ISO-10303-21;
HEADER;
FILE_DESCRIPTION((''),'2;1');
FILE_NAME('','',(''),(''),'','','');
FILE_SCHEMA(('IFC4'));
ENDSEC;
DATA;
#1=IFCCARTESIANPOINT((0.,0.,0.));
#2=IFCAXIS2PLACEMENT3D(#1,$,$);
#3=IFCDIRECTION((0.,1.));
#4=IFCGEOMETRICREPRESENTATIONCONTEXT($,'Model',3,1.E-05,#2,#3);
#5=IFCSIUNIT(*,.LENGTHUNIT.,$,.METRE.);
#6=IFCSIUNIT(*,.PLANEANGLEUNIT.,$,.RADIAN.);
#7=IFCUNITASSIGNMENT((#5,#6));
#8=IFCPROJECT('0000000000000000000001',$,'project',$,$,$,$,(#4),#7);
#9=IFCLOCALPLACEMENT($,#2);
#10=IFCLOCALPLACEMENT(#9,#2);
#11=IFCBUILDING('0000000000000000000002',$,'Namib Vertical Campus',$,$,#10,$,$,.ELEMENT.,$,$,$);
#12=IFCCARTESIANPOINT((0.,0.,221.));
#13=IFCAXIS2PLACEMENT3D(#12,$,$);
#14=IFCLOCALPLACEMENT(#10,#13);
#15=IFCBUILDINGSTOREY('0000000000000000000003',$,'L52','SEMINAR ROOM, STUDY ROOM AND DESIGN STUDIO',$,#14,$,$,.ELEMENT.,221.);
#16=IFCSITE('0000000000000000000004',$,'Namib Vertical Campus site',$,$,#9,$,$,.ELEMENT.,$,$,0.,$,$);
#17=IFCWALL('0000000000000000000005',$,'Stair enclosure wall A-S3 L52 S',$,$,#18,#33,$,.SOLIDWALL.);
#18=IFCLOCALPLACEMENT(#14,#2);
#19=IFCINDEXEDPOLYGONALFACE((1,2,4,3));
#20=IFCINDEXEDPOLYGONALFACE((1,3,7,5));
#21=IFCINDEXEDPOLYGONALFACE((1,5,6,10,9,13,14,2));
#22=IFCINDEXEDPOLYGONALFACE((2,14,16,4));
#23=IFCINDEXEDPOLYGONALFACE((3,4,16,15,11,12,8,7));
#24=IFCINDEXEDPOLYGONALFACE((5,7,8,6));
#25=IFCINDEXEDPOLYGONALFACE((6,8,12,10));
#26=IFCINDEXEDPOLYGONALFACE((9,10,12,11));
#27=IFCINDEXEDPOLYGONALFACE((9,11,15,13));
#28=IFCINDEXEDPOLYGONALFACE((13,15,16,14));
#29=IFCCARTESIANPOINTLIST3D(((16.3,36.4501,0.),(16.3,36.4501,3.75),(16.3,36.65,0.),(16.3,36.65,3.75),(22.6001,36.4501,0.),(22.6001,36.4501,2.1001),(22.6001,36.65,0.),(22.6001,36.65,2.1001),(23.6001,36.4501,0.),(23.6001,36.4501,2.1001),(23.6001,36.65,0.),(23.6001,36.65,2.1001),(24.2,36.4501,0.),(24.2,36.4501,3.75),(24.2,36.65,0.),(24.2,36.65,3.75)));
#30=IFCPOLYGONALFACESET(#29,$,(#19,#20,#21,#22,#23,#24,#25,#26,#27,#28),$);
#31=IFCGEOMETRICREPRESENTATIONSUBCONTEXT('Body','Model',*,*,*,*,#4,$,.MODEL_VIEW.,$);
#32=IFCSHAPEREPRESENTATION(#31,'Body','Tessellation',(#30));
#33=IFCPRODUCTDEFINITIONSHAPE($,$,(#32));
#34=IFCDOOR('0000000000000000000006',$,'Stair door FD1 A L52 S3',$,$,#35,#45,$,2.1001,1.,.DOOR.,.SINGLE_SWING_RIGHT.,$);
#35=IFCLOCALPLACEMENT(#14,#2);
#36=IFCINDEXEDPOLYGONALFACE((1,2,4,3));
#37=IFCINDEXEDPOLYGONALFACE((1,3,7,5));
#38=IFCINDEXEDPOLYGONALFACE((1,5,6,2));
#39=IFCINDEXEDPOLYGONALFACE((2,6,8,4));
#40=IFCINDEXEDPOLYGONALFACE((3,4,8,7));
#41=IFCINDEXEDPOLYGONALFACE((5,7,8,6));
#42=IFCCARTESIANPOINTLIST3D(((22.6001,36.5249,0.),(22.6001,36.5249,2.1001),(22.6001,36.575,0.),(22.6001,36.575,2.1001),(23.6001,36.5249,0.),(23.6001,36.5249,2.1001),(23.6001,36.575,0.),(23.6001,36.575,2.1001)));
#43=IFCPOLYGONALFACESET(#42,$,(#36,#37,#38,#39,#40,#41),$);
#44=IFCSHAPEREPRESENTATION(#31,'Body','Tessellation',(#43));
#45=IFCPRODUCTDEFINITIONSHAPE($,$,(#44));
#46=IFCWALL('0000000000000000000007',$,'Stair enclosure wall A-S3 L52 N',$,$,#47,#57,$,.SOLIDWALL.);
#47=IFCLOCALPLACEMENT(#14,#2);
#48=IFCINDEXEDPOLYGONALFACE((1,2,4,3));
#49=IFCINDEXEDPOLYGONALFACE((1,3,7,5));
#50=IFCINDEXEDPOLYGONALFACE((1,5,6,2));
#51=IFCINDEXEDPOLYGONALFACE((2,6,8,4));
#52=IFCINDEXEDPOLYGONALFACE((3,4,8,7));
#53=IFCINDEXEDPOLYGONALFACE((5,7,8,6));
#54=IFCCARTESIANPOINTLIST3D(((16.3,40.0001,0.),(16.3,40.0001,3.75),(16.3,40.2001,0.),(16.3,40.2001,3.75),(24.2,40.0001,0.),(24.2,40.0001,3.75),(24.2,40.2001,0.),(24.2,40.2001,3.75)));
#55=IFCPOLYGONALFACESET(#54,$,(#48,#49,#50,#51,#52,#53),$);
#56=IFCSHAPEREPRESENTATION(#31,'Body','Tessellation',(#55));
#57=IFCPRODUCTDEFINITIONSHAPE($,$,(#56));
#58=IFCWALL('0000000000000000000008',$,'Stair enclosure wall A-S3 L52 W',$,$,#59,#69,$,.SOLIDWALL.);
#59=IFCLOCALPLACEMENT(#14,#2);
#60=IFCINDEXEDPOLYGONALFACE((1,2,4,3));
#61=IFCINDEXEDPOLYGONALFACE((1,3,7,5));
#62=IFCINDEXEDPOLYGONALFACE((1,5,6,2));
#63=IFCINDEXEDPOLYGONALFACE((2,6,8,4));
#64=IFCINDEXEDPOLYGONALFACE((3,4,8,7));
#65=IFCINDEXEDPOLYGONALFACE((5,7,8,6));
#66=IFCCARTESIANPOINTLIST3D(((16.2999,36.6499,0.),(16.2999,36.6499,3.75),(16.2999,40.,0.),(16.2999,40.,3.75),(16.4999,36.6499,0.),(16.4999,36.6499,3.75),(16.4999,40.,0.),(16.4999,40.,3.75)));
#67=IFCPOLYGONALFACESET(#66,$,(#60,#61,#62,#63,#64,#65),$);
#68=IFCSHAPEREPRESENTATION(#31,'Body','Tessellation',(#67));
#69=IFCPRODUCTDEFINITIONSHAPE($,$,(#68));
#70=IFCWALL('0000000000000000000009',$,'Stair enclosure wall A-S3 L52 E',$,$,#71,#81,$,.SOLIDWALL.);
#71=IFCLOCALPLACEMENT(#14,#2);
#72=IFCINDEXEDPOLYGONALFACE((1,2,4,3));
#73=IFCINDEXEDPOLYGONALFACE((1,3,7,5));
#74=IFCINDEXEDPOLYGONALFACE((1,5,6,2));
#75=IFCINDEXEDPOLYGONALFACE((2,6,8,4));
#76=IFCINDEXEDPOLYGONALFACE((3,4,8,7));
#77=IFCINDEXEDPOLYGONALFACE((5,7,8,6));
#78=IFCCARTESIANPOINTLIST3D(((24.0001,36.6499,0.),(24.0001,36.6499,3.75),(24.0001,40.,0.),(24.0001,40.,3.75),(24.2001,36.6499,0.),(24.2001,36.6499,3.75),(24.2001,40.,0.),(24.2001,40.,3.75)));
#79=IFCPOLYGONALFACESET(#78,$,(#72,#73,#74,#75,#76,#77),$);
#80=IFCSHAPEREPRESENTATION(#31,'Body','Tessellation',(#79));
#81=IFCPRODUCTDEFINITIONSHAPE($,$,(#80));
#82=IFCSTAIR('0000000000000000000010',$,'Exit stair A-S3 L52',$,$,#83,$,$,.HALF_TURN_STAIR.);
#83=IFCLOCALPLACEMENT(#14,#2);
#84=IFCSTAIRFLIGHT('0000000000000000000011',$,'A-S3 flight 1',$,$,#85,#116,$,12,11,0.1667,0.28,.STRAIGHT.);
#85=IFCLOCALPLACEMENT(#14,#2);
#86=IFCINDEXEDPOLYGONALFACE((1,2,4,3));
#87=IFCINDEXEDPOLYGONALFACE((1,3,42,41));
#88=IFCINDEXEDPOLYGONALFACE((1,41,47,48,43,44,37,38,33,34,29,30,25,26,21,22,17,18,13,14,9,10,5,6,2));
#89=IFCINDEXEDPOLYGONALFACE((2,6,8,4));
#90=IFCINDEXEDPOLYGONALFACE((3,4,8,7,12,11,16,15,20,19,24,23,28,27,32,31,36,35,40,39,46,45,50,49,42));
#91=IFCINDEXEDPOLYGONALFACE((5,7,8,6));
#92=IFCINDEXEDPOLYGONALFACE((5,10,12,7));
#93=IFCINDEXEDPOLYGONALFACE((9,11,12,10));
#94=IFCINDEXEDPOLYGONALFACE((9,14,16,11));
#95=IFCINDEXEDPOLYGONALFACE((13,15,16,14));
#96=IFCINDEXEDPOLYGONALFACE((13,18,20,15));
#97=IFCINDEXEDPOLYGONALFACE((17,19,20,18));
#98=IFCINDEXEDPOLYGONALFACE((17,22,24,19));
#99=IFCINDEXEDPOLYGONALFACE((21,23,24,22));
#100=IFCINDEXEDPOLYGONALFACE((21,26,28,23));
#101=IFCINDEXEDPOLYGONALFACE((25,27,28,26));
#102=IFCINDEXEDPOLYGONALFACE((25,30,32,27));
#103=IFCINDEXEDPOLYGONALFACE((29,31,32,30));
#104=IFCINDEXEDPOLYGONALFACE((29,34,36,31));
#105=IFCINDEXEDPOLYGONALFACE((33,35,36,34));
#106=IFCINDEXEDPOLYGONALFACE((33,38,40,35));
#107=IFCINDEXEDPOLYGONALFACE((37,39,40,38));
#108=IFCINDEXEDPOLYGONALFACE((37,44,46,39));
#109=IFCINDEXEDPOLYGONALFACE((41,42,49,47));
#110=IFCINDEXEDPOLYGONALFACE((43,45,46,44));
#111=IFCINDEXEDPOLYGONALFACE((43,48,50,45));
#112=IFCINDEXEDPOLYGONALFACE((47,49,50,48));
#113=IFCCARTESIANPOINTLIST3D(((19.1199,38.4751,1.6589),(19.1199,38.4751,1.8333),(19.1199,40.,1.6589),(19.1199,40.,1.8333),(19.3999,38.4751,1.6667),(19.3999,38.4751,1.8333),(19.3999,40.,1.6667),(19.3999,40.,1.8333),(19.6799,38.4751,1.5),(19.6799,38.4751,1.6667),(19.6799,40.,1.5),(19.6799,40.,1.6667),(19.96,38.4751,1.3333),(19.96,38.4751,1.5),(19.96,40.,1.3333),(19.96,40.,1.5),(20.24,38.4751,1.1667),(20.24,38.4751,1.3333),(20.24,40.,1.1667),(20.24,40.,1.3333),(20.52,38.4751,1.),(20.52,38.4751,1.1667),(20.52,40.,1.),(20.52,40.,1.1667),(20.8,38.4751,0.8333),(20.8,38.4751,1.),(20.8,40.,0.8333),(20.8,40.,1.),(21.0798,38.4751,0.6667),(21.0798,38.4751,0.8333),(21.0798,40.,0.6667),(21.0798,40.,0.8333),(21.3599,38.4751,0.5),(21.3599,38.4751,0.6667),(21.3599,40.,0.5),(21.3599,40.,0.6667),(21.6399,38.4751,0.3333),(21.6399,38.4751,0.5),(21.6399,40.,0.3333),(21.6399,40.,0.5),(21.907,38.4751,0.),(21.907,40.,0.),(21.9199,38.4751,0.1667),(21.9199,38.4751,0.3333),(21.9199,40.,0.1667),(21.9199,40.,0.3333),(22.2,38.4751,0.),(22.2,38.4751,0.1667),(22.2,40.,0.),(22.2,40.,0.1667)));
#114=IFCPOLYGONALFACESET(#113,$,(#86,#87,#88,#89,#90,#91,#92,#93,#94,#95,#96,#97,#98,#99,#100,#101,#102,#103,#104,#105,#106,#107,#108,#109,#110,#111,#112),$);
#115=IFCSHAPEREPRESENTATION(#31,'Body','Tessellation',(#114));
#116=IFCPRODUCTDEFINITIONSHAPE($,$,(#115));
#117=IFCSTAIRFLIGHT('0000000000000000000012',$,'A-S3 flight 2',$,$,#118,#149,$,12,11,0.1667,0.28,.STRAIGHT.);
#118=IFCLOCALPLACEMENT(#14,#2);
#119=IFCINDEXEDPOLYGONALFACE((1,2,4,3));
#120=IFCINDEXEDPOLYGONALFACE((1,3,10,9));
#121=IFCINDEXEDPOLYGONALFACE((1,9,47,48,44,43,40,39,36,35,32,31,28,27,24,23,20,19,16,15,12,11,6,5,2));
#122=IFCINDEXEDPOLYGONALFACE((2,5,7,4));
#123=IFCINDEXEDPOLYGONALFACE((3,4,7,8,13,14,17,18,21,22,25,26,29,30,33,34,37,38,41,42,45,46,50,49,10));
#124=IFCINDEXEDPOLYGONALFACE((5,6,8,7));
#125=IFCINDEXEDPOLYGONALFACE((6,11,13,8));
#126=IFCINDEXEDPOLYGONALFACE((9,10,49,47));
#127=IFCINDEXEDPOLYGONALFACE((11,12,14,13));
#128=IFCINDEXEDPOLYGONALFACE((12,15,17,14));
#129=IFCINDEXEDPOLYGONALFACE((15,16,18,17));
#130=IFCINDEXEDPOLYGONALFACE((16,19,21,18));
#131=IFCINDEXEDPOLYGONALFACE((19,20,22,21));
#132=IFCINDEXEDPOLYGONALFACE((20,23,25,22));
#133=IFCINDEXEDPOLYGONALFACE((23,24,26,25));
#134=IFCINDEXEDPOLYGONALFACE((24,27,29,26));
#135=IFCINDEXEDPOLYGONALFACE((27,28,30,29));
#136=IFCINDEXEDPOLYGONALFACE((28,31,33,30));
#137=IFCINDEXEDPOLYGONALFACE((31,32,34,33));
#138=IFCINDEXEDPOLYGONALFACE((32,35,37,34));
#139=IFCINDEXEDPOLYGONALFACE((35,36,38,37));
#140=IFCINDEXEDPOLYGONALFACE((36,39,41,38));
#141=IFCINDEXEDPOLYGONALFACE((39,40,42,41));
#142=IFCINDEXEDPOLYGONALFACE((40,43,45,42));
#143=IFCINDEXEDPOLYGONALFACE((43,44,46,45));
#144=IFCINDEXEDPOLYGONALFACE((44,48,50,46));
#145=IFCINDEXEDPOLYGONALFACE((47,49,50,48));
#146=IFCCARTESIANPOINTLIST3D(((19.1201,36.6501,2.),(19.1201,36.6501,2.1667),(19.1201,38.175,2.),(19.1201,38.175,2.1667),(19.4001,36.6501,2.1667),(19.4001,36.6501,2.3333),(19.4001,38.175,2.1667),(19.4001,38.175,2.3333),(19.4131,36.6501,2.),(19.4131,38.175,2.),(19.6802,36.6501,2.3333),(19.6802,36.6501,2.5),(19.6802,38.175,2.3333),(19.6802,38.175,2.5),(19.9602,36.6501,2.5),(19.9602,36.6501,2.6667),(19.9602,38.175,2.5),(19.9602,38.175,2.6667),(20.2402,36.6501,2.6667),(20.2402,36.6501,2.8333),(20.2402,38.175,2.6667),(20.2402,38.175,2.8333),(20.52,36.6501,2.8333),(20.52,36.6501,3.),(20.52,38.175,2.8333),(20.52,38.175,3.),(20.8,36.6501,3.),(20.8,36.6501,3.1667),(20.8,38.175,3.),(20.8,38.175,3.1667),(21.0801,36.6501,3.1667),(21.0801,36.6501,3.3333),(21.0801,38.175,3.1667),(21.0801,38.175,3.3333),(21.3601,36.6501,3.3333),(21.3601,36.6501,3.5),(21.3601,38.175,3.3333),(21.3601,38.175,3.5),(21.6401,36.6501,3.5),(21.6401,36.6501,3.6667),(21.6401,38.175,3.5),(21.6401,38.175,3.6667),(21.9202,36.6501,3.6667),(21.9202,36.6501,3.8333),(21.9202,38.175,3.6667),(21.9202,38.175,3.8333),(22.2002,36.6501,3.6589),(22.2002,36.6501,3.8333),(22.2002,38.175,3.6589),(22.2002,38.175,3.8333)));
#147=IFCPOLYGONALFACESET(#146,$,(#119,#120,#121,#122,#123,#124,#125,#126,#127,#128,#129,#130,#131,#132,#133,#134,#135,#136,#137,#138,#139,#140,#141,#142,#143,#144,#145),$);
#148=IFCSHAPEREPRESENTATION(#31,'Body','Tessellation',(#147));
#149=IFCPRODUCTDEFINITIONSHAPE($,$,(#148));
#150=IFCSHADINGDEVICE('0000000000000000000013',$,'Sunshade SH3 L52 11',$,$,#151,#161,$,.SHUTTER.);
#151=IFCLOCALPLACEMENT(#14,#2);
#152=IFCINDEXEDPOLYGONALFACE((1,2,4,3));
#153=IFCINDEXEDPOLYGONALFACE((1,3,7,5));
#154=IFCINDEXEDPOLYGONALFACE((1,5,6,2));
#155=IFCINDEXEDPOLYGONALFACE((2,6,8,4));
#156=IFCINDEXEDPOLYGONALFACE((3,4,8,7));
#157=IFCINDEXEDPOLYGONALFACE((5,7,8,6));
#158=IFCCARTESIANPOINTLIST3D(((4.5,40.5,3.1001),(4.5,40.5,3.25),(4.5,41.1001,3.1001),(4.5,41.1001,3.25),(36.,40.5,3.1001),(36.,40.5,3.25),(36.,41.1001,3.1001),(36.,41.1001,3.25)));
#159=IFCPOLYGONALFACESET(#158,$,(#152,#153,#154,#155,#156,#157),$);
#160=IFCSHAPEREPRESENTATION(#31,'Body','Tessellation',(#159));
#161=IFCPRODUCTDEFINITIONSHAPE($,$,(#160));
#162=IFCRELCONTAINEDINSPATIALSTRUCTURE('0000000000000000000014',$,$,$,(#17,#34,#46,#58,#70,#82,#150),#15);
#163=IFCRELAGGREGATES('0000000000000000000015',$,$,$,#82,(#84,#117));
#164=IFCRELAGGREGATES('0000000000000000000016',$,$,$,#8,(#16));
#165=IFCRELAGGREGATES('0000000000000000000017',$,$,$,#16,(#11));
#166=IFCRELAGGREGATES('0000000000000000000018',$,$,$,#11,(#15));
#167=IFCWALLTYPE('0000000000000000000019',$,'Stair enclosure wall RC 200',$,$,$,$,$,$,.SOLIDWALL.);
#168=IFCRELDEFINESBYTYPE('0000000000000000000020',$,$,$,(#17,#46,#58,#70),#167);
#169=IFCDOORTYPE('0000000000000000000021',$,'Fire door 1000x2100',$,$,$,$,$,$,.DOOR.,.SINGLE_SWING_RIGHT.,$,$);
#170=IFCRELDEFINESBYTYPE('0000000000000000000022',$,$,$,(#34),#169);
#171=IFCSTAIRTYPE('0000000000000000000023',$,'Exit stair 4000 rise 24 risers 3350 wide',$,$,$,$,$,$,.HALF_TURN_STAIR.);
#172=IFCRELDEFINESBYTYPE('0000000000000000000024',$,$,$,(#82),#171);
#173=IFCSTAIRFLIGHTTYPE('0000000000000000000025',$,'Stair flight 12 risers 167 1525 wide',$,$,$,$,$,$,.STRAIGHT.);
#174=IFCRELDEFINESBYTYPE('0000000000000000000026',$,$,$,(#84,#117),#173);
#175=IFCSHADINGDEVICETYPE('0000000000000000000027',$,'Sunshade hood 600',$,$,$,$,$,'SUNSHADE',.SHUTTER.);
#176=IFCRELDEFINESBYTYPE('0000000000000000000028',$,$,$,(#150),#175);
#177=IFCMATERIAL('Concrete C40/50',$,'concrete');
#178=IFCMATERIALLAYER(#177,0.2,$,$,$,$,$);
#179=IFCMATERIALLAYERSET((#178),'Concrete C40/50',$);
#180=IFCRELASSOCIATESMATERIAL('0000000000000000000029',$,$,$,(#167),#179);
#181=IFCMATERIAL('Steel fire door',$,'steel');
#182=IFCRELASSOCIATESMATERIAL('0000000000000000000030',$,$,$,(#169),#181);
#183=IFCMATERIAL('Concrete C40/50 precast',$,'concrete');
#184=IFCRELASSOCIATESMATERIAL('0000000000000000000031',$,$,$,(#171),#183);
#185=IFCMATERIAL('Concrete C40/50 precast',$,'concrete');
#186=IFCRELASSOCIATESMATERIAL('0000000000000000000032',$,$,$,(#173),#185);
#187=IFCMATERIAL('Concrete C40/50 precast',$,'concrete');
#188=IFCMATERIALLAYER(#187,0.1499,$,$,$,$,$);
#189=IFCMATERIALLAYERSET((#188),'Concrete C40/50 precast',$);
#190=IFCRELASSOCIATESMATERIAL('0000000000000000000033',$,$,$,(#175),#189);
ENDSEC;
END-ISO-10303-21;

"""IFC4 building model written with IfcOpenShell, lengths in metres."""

from ifc_helpers import new_model, si_unit, direction, frame, frame_2d, origin, origin_2d, place, context, subcontext, project, spatial, polyline, rectangle, outline, extrude, material, layer, layer_set, type_object, element, fill, aggregate, save


model = new_model("IFC4")

# Units and contexts
model_context = context("Model", 3, precision=1e-05, world=origin(), true_north=direction((0.0, 1.0)))
body_context = subcontext(model_context, "Body", "Model", "MODEL_VIEW")
ifc_project = project(units=[si_unit("LENGTHUNIT", "METRE"), si_unit("PLANEANGLEUNIT", "RADIAN")], contexts=[model_context])

# Site, building, storey
site_placement = place(None, origin())
site = spatial("IfcSite", under=ifc_project, at=site_placement, Name="Namib Vertical Campus site", CompositionType="ELEMENT", RefElevation=0.0)
building_placement = place(site_placement, origin())
building = spatial("IfcBuilding", under=site, at=building_placement, Name="Namib Vertical Campus", CompositionType="ELEMENT")
storey_placement = place(building_placement, frame((0.0, 0.0, 221.0)))
storey = spatial("IfcBuildingStorey", under=building, at=storey_placement, Name="L52", Description="SEMINAR ROOM, STUDY ROOM AND DESIGN STUDIO", CompositionType="ELEMENT", Elevation=221.0)

# Wall, opening, door
ifc_material_1 = material(Name="Concrete C40/50", Category="concrete")
ifc_layer_1 = layer(ifc_material_1, 0.2)
ifc_layer_set_1 = layer_set([ifc_layer_1], Name="Concrete C40/50")
wall_type_1 = type_object("IfcWallType", Name="Stair enclosure wall RC 200", PredefinedType="SOLIDWALL", material=ifc_layer_set_1)
wall_1_placement = place(storey_placement, frame((16.3, 36.55, 0.0), z_axis=(0.0, 0.0, 1.0), x_axis=(1.0, 0.0, 0.0)))
wall_1 = element("IfcWall", 1, at=wall_1_placement, inside=storey, type_object=wall_type_1, Name="Stair enclosure wall A-S3 L52 S", PredefinedType="SOLIDWALL", context=body_context, shape_type="SweptSolid", body=[
    extrude(rectangle(XDim=7.8999, YDim=0.2, at=frame_2d((3.95, 0.0))), origin(), (0.0, 0.0, 1.0), 3.75),
])
opening_placement = place(wall_1_placement, frame((6.3, 0.0, 0.0)))
opening = element("IfcOpeningElement", 2, at=opening_placement, cuts=wall_1, PredefinedType="OPENING", context=body_context, shape_type="SweptSolid", body=[
    extrude(rectangle(XDim=1.0, YDim=2.1001, at=frame_2d((0.5, 1.05))), frame((0.0, 0.1099, 0.0), z_axis=(0.0, -1.0, 0.0), x_axis=(1.0, 0.0, 0.0)), (0.0, 0.0, 1.0), 0.22),
])
ifc_material_2 = material(Name="Steel fire door", Category="steel")
door_type = type_object("IfcDoorType", Name="Fire door 1000x2100", OperationType="SINGLE_SWING_RIGHT", PredefinedType="DOOR", material=ifc_material_2)
door_placement = place(opening_placement, origin())
door = element("IfcDoor", 3, at=door_placement, inside=storey, type_object=door_type, Name="Stair door FD1 A L52 S3", OperationType="SINGLE_SWING_RIGHT", OverallHeight=2.1001, OverallWidth=1.0, PredefinedType="DOOR", context=body_context, shape_type="SweptSolid", body=[
    extrude(rectangle(XDim=1.0, YDim=2.1001, at=frame_2d((0.5, 1.05))), frame((0.0, 0.0249, 0.0), z_axis=(0.0, -1.0, 0.0), x_axis=(1.0, 0.0, 0.0)), (0.0, 0.0, 1.0), 0.05),
])
fill(opening, door)

# Walls
wall_2_placement = place(storey_placement, frame((16.3, 40.1001, 0.0), z_axis=(0.0, 0.0, 1.0), x_axis=(1.0, 0.0, 0.0)))
element("IfcWall", 4, at=wall_2_placement, inside=storey, type_object=wall_type_1, Name="Stair enclosure wall A-S3 L52 N", PredefinedType="SOLIDWALL", context=body_context, shape_type="SweptSolid", body=[
    extrude(rectangle(XDim=7.8999, YDim=0.2, at=frame_2d((3.95, 0.0))), origin(), (0.0, 0.0, 1.0), 3.75),
])
for number, where, z_axis, x_axis, name in (
    (5, (16.3999, 36.6499, 0.0), (0.0, 0.0, 1.0), (0.0, 1.0, 0.0), "Stair enclosure wall A-S3 L52 W"),
    (6, (24.1001, 36.6499, 0.0), (0.0, 0.0, 1.0), (0.0, 1.0, 0.0), "Stair enclosure wall A-S3 L52 E"),
):
    element("IfcWall", number, at=place(storey_placement, frame(where, z_axis=z_axis, x_axis=x_axis)), inside=storey, type_object=wall_type_1, Name=name, PredefinedType="SOLIDWALL", context=body_context, shape_type="SweptSolid", body=[
        extrude(rectangle(XDim=3.3501, YDim=0.2, at=frame_2d((1.675, 0.0))), origin(), (0.0, 0.0, 1.0), 3.75),
    ])

# Stair, stair flights
ifc_material_3 = material(Name="Concrete C40/50 precast", Category="concrete")
stair_type = type_object("IfcStairType", Name="Exit stair 4000 rise 24 risers 3350 wide", PredefinedType="HALF_TURN_STAIR", material=ifc_material_3)
stair_placement = place(storey_placement, origin())
stair = element("IfcStair", 7, at=stair_placement, inside=storey, type_object=stair_type, Name="Exit stair A-S3 L52", PredefinedType="HALF_TURN_STAIR")
ifc_material_4 = material(Name="Concrete C40/50 precast", Category="concrete")
stair_flight_type = type_object("IfcStairFlightType", Name="Stair flight 12 risers 167 1525 wide", PredefinedType="STRAIGHT", material=ifc_material_4)
stair_flight_1_placement = place(storey_placement, frame((22.2, 39.2375, 0.0), z_axis=(0.0, 0.0, 1.0), x_axis=(-1.0, 0.0, 0.0)))
stair_flight_1 = element("IfcStairFlight", 8, at=stair_flight_1_placement, type_object=stair_flight_type, Name="A-S3 flight 1", NumberOfRisers=12, NumberOfTreads=11, PredefinedType="STRAIGHT", RiserHeight=0.1667, TreadLength=0.28, context=body_context, shape_type="SweptSolid", body=[
    extrude(outline(polyline([(0.0, 0.0), (0.0, 0.1667), (0.28, 0.1667), (0.28, 0.3333), (0.5601, 0.3333), (0.5601, 0.5), (0.8401, 0.5), (0.8401, 0.6667), (1.1201, 0.6667), (1.1201, 0.8333), (1.3999, 0.8333), (1.3999, 1.0), (1.6799, 1.0), (1.6799, 1.1667), (1.96, 1.1667), (1.96, 1.3333), (2.24, 1.3333), (2.24, 1.5), (2.52, 1.5), (2.52, 1.6667), (2.8, 1.6667), (2.8, 1.8333), (3.0801, 1.8333), (3.0801, 2.0), (3.0801, 1.6589), (0.293, 0.0), (0.0, 0.0)])), frame((0.0, 0.7625, 0.0), z_axis=(0.0, -1.0, 0.0), x_axis=(1.0, 0.0, 0.0)), (0.0, 0.0, 1.0), 1.5249),
])
stair_flight_2_placement = place(storey_placement, frame((19.1201, 37.4126, 2.0), z_axis=(0.0, 0.0, 1.0), x_axis=(1.0, 0.0, 0.0)))
stair_flight_2 = element("IfcStairFlight", 9, at=stair_flight_2_placement, type_object=stair_flight_type, Name="A-S3 flight 2", NumberOfRisers=12, NumberOfTreads=11, PredefinedType="STRAIGHT", RiserHeight=0.1667, TreadLength=0.28, context=body_context, shape_type="SweptSolid", body=[
    extrude(outline(polyline([(0.0, 0.0), (0.0, 0.1667), (0.28, 0.1667), (0.28, 0.3333), (0.5601, 0.3333), (0.5601, 0.5), (0.8401, 0.5), (0.8401, 0.6667), (1.1201, 0.6667), (1.1201, 0.8333), (1.3999, 0.8333), (1.3999, 1.0), (1.6799, 1.0), (1.6799, 1.1667), (1.96, 1.1667), (1.96, 1.3333), (2.24, 1.3333), (2.24, 1.5), (2.52, 1.5), (2.52, 1.6667), (2.8, 1.6667), (2.8, 1.8333), (3.0801, 1.8333), (3.0801, 2.0), (3.0801, 1.6589), (0.293, 0.0), (0.0, 0.0)])), frame((0.0, 0.7625, 0.0), z_axis=(0.0, -1.0, 0.0), x_axis=(1.0, 0.0, 0.0)), (0.0, 0.0, 1.0), 1.5249),
])
aggregate(stair, [stair_flight_1, stair_flight_2])

# Shading device
ifc_material_5 = material(Name="Concrete C40/50 precast", Category="concrete")
ifc_layer_2 = layer(ifc_material_5, 0.1499)
ifc_layer_set_2 = layer_set([ifc_layer_2], Name="Concrete C40/50 precast")
shading_device_type = type_object("IfcShadingDeviceType", Name="Sunshade hood 600", ElementType="SUNSHADE", PredefinedType="SHUTTER", material=ifc_layer_set_2)
shading_device_placement = place(storey_placement, frame((20.25, 40.8, 3.1001), z_axis=(0.0, 0.0, 1.0), x_axis=(-1.0, 0.0, 0.0)))
element("IfcShadingDevice", 10, at=shading_device_placement, inside=storey, type_object=shading_device_type, Name="Sunshade SH3 L52 11", PredefinedType="SHUTTER", context=body_context, shape_type="SweptSolid", body=[
    extrude(rectangle(XDim=31.5, YDim=0.6001, at=origin_2d()), origin(), (0.0, 0.0, 1.0), 0.1499),
])

save(model, "model.ifc")
